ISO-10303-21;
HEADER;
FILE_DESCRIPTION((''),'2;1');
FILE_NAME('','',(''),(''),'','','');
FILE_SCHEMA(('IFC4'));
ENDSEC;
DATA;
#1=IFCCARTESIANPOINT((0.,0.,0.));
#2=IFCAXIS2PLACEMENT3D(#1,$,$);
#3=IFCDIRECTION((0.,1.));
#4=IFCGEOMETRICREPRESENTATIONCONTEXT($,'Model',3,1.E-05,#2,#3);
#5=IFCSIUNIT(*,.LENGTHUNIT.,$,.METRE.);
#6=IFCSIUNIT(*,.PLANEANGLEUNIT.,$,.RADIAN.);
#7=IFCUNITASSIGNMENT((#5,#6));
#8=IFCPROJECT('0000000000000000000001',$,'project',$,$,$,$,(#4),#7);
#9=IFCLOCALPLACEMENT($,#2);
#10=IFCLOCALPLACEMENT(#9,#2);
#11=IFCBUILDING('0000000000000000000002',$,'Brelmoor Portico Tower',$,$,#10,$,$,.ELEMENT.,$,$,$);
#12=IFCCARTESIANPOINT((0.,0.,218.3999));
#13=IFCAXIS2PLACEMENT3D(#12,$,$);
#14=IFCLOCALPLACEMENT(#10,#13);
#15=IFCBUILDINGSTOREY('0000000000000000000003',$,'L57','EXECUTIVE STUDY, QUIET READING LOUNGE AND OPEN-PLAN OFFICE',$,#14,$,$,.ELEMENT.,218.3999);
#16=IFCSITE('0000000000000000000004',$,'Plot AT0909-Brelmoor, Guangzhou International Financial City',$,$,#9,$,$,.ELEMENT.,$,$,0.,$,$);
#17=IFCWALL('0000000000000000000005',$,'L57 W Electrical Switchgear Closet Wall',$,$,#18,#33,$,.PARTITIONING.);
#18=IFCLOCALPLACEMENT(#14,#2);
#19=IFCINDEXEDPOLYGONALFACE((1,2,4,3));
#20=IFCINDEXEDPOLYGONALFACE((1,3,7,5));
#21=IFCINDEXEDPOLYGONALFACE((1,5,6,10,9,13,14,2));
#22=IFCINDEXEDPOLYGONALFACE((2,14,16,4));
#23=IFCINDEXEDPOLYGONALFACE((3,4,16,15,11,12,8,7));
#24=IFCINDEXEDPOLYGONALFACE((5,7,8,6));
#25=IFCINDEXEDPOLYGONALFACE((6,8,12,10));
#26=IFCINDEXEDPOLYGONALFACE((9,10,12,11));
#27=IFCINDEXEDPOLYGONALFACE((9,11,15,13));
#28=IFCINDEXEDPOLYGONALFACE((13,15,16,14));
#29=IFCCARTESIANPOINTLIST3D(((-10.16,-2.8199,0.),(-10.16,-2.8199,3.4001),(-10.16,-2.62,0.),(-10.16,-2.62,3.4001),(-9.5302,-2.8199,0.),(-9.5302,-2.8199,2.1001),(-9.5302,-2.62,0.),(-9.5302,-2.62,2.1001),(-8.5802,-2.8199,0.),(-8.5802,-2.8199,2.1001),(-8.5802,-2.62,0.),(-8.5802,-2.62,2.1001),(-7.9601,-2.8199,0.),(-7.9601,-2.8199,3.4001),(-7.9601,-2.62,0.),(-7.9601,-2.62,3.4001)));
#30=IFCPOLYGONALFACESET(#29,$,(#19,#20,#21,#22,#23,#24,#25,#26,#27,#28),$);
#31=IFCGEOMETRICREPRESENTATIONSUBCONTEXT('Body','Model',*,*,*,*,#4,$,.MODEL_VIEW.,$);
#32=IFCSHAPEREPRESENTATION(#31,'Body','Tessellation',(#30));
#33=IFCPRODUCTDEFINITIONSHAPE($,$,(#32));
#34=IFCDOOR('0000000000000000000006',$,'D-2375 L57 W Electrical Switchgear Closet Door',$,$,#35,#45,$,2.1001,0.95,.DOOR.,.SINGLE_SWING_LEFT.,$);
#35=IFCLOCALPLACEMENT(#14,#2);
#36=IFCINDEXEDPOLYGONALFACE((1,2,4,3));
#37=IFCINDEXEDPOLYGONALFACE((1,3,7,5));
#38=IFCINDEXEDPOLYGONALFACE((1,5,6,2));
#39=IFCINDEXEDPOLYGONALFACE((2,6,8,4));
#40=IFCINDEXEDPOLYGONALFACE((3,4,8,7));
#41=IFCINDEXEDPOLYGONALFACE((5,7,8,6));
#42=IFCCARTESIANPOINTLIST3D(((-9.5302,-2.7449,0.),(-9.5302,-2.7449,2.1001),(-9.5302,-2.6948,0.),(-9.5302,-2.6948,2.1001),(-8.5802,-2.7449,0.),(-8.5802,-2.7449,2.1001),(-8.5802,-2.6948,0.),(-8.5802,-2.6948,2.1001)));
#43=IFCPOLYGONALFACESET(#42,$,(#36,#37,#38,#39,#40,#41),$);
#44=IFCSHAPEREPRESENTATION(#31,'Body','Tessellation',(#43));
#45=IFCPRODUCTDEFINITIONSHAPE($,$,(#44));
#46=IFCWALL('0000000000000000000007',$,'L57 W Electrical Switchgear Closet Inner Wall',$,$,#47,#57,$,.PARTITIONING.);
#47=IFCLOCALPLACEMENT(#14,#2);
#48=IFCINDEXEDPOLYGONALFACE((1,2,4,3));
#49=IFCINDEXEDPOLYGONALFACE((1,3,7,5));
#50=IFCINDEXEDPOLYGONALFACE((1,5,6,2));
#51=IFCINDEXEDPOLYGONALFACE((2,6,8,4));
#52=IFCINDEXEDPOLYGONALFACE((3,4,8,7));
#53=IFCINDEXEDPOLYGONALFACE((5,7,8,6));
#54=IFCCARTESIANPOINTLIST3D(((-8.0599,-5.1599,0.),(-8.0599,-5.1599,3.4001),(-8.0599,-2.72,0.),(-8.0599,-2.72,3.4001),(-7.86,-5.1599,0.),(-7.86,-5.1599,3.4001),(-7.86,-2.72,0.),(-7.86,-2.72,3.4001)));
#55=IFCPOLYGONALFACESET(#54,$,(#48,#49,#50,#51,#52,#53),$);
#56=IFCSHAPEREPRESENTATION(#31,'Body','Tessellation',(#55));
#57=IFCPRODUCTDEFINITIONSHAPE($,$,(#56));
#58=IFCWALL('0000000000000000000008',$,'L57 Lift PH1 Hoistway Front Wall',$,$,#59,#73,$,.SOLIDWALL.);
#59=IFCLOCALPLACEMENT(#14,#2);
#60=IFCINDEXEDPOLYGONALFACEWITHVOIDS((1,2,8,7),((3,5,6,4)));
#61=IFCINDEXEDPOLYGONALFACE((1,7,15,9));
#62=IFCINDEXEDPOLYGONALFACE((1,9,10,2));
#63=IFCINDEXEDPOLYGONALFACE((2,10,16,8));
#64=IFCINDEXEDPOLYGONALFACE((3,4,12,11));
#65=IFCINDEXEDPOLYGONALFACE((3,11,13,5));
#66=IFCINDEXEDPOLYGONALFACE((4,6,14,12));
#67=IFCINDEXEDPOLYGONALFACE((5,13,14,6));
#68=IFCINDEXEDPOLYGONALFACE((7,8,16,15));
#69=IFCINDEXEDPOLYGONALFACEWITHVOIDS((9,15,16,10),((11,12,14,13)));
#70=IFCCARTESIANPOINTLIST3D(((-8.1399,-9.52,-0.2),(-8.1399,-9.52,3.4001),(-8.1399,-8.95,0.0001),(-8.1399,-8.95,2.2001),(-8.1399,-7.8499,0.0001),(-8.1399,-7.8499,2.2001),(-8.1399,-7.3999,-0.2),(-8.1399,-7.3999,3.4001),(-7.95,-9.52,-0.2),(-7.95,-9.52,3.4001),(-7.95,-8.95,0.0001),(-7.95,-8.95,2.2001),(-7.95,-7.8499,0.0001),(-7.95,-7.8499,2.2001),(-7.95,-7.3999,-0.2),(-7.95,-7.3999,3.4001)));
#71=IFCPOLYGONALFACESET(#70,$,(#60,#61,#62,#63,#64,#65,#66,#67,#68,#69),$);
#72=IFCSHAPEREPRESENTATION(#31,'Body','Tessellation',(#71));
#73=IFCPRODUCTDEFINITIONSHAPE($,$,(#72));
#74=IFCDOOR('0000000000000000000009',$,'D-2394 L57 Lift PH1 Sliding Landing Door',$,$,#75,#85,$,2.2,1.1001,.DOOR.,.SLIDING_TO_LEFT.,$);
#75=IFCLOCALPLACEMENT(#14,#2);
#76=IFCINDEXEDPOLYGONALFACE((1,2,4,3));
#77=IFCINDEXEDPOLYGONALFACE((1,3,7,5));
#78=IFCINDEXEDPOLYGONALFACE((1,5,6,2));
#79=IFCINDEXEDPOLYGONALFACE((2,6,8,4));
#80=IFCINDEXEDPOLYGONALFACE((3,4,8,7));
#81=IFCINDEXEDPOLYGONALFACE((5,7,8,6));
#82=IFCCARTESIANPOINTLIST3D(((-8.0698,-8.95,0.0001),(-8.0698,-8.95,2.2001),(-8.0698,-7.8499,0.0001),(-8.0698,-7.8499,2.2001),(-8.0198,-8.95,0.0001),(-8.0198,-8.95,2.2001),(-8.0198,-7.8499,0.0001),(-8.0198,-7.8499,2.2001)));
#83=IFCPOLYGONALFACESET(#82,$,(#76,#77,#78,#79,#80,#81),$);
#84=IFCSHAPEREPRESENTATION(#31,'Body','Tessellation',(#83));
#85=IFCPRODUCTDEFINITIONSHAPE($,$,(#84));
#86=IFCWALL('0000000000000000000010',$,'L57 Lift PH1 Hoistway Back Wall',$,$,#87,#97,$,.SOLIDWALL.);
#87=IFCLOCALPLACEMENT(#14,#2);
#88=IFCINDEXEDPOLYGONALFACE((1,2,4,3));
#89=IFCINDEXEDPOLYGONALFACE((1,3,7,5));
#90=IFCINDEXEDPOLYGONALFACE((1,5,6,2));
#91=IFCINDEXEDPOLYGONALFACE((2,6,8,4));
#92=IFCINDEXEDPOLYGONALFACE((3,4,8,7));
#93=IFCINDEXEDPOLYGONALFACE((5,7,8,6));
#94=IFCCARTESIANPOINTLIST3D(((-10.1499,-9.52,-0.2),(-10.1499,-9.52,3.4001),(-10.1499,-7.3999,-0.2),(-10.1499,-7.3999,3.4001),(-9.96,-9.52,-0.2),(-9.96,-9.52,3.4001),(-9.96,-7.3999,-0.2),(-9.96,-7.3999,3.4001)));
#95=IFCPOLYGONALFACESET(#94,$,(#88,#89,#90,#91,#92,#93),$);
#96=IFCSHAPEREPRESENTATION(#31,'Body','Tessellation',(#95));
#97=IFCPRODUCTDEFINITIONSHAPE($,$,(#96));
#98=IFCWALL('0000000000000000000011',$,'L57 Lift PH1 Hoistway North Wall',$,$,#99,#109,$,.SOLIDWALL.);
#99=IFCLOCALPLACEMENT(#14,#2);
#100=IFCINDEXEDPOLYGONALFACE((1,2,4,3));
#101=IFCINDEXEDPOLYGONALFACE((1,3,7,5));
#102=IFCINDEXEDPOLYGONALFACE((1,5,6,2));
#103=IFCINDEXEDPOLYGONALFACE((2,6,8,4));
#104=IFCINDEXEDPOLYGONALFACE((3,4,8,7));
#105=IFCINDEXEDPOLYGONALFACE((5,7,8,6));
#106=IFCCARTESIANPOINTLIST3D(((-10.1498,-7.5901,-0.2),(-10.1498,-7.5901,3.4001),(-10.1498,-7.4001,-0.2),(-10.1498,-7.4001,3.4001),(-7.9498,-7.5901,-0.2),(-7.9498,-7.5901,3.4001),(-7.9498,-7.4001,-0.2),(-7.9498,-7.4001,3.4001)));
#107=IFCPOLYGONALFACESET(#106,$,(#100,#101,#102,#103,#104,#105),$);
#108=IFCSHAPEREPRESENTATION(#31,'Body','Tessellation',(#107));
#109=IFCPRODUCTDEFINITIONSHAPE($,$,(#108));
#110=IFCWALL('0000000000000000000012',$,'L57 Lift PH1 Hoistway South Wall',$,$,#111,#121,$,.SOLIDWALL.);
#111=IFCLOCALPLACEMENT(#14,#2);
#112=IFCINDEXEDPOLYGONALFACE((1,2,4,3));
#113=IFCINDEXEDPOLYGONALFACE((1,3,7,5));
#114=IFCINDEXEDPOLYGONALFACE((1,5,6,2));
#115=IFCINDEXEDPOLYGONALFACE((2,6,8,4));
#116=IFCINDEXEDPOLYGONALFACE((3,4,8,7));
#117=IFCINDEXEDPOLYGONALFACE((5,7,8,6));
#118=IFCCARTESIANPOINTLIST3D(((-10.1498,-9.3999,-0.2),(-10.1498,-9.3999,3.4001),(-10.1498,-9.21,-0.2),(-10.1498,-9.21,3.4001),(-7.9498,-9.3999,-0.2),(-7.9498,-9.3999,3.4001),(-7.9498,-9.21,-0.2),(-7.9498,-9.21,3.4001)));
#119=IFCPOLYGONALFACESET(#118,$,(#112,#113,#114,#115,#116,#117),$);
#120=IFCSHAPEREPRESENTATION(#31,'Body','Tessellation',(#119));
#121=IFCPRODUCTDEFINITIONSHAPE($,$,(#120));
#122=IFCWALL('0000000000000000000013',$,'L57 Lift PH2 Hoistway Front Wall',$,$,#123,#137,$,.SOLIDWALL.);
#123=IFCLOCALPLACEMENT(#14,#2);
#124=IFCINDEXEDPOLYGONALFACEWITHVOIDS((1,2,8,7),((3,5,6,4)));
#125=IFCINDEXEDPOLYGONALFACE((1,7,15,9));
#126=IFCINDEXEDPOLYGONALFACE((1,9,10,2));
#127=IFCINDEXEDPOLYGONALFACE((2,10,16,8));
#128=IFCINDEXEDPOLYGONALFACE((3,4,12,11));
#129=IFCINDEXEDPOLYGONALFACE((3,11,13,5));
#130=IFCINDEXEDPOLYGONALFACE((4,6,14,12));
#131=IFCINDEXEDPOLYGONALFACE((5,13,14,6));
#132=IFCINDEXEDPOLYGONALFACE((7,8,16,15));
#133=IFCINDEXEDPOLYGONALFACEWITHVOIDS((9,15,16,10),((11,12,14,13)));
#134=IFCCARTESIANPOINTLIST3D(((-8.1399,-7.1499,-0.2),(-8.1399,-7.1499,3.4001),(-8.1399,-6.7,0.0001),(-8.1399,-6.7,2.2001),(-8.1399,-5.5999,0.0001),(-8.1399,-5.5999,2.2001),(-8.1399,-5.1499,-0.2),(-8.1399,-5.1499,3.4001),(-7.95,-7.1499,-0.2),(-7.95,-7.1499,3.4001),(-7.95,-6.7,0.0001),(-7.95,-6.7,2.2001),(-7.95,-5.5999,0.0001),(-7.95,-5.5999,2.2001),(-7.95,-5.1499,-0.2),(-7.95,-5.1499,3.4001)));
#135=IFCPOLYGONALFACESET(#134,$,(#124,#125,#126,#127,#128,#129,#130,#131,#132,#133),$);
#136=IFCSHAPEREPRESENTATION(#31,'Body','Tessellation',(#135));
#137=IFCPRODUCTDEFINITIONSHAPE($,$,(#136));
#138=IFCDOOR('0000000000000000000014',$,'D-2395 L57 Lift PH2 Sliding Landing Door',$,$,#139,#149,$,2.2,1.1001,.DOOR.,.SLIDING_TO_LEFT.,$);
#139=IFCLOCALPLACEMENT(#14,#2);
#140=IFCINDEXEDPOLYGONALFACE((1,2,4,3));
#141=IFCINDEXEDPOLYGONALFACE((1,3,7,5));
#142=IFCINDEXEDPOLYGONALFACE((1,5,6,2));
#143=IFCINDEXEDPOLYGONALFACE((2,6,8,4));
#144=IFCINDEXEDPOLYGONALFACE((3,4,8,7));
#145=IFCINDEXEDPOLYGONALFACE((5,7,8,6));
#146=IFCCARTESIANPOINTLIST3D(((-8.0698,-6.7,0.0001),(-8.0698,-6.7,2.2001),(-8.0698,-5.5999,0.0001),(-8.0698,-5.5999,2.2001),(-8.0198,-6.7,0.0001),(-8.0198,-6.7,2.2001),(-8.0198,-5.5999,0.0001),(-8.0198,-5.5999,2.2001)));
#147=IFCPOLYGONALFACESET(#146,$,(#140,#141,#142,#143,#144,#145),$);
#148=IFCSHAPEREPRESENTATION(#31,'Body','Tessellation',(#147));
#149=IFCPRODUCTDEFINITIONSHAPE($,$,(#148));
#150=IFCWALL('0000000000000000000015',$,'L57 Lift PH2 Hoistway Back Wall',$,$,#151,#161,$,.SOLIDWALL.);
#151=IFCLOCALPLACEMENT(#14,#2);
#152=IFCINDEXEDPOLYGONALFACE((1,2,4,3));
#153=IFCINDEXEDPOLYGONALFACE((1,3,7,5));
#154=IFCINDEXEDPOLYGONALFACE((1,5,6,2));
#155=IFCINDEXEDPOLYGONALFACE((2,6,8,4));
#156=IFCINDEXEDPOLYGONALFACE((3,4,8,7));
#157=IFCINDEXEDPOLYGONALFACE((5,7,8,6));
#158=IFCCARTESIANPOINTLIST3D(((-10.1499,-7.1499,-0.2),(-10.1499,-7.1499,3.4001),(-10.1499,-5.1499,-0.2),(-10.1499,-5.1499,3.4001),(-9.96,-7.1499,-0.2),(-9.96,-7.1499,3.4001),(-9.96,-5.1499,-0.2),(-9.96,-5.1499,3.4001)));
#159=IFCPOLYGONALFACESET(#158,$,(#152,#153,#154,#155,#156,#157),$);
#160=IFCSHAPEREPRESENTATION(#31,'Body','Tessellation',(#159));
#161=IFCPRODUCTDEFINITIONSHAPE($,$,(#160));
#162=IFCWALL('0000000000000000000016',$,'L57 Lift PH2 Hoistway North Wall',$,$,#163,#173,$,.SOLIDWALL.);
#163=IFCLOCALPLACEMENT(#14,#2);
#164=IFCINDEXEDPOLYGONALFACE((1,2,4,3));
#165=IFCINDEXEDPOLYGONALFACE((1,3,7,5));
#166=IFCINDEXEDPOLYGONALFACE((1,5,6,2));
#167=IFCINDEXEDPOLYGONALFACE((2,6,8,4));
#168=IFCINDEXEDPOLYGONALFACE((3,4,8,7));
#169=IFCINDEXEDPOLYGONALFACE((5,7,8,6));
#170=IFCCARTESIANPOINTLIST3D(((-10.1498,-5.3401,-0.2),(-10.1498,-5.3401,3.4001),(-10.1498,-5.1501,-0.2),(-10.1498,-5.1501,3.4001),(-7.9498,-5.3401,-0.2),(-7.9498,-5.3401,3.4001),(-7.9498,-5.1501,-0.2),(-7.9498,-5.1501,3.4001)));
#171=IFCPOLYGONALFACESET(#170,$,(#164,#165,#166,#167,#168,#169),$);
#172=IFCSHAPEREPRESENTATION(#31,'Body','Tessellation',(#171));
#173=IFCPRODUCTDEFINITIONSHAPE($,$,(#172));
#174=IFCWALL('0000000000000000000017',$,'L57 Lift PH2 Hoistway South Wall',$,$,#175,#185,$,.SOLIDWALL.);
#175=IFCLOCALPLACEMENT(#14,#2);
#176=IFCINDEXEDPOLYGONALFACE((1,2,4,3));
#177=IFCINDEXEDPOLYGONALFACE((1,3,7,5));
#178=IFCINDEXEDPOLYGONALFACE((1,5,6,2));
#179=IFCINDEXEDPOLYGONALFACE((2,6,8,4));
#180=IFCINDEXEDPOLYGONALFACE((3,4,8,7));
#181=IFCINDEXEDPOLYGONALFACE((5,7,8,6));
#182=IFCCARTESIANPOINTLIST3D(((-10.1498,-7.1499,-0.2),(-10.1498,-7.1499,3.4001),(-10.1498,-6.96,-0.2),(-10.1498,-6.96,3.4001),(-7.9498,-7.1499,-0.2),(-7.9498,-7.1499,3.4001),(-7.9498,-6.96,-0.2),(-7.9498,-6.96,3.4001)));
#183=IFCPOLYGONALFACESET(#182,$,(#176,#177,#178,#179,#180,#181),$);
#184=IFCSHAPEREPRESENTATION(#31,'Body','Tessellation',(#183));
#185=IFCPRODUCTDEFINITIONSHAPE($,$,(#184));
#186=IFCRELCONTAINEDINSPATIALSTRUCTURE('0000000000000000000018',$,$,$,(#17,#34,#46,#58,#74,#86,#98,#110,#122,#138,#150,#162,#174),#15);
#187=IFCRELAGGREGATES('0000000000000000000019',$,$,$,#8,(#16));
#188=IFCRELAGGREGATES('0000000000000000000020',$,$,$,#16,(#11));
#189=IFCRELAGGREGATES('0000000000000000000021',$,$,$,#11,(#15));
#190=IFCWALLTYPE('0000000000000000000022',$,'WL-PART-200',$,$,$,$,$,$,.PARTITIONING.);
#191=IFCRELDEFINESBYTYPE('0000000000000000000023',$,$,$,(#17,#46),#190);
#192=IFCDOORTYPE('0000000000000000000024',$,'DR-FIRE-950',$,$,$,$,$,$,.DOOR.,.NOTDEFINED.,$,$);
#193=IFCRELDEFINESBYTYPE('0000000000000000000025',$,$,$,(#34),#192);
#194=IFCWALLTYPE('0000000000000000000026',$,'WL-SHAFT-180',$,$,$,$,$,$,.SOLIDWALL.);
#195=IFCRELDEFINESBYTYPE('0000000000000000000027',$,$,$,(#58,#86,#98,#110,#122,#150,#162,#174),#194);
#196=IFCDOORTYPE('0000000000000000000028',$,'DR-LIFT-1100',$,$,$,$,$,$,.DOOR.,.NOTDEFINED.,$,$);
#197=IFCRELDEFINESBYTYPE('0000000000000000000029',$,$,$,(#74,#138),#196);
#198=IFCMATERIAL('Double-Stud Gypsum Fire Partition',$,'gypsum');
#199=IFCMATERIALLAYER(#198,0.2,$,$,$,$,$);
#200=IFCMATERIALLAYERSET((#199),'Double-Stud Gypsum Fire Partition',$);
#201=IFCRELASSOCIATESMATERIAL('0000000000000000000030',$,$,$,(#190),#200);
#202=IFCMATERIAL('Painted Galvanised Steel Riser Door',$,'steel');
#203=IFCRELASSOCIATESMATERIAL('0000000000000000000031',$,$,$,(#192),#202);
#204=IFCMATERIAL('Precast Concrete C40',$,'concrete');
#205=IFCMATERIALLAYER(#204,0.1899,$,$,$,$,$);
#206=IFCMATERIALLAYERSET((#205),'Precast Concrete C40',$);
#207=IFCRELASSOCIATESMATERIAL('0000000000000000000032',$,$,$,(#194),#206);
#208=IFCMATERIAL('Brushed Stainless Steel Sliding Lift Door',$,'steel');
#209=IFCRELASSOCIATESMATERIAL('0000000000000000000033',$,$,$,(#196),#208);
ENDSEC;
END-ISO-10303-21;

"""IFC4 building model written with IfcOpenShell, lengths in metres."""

from ifc_helpers import new_model, si_unit, direction, frame, frame_2d, origin, place, context, subcontext, project, spatial, rectangle, extrude, material, layer, layer_set, type_object, element, fill, save


model = new_model("IFC4")

# Units and contexts
model_context = context("Model", 3, precision=1e-05, world=origin(), true_north=direction((0.0, 1.0)))
body_context = subcontext(model_context, "Body", "Model", "MODEL_VIEW")
ifc_project = project(units=[si_unit("LENGTHUNIT", "METRE"), si_unit("PLANEANGLEUNIT", "RADIAN")], contexts=[model_context])

# Site, building, storey
site_placement = place(None, origin())
site = spatial("IfcSite", under=ifc_project, at=site_placement, Name="Plot AT0909-Brelmoor, Guangzhou International Financial City", CompositionType="ELEMENT", RefElevation=0.0)
building_placement = place(site_placement, origin())
building = spatial("IfcBuilding", under=site, at=building_placement, Name="Brelmoor Portico Tower", CompositionType="ELEMENT")
storey_placement = place(building_placement, frame((0.0, 0.0, 218.3999)))
storey = spatial("IfcBuildingStorey", under=building, at=storey_placement, Name="L57", Description="EXECUTIVE STUDY, QUIET READING LOUNGE AND OPEN-PLAN OFFICE", CompositionType="ELEMENT", Elevation=218.3999)

# Shared definitions
ifc_material_1 = material(Name="Double-Stud Gypsum Fire Partition", Category="gypsum")
ifc_layer_1 = layer(ifc_material_1, 0.2)
ifc_layer_set_1 = layer_set([ifc_layer_1], Name="Double-Stud Gypsum Fire Partition")
wall_type_1 = type_object("IfcWallType", Name="WL-PART-200", PredefinedType="PARTITIONING", material=ifc_layer_set_1)

# Wall, opening, door
wall_1_placement = place(storey_placement, frame((-7.96, -2.72, 0.0), z_axis=(0.0, 0.0, 1.0), x_axis=(-1.0, 0.0, 0.0)))
wall_1 = element("IfcWall", 1, at=wall_1_placement, inside=storey, type_object=wall_type_1, Name="L57 W Electrical Switchgear Closet Wall", PredefinedType="PARTITIONING", context=body_context, shape_type="SweptSolid", body=[
    extrude(rectangle(XDim=2.2, YDim=0.2, at=frame_2d((1.1001, 0.0))), origin(), (0.0, 0.0, 1.0), 3.4001),
])
opening_1_placement = place(wall_1_placement, frame((0.6201, 0.0, 0.0)))
opening_1 = element("IfcOpeningElement", 2, at=opening_1_placement, cuts=wall_1, PredefinedType="OPENING", context=body_context, shape_type="SweptSolid", body=[
    extrude(rectangle(XDim=0.95, YDim=2.1001, at=frame_2d((0.4751, 1.05))), frame((0.0, 0.1099, 0.0), z_axis=(0.0, -1.0, 0.0), x_axis=(1.0, 0.0, 0.0)), (0.0, 0.0, 1.0), 0.22),
])
ifc_material_2 = material(Name="Painted Galvanised Steel Riser Door", Category="steel")
door_type_1 = type_object("IfcDoorType", Name="DR-FIRE-950", OperationType="NOTDEFINED", PredefinedType="DOOR", material=ifc_material_2)
door_1_placement = place(opening_1_placement, origin())
door_1 = element("IfcDoor", 3, at=door_1_placement, inside=storey, type_object=door_type_1, Name="D-2375 L57 W Electrical Switchgear Closet Door", OperationType="SINGLE_SWING_LEFT", OverallHeight=2.1001, OverallWidth=0.95, PredefinedType="DOOR", context=body_context, shape_type="SweptSolid", body=[
    extrude(rectangle(XDim=0.95, YDim=2.1001, at=frame_2d((0.4751, 1.05))), frame((0.0, 0.0249, 0.0), z_axis=(0.0, -1.0, 0.0), x_axis=(1.0, 0.0, 0.0)), (0.0, 0.0, 1.0), 0.05),
])
fill(opening_1, door_1)

# Wall
wall_2_placement = place(storey_placement, frame((-7.96, -5.1599, 0.0), z_axis=(0.0, 0.0, 1.0), x_axis=(0.0, 1.0, 0.0)))
element("IfcWall", 4, at=wall_2_placement, inside=storey, type_object=wall_type_1, Name="L57 W Electrical Switchgear Closet Inner Wall", PredefinedType="PARTITIONING", context=body_context, shape_type="SweptSolid", body=[
    extrude(rectangle(XDim=2.4399, YDim=0.2, at=frame_2d((1.22, 0.0))), origin(), (0.0, 0.0, 1.0), 3.4001),
])

# Wall, opening, door
ifc_material_3 = material(Name="Precast Concrete C40", Category="concrete")
ifc_layer_2 = layer(ifc_material_3, 0.1899)
ifc_layer_set_2 = layer_set([ifc_layer_2], Name="Precast Concrete C40")
wall_type_2 = type_object("IfcWallType", Name="WL-SHAFT-180", PredefinedType="SOLIDWALL", material=ifc_layer_set_2)
wall_3_placement = place(storey_placement, frame((-8.0449, -9.52, -0.2), z_axis=(0.0, 0.0, 1.0), x_axis=(0.0, 1.0, 0.0)))
wall_3 = element("IfcWall", 5, at=wall_3_placement, inside=storey, type_object=wall_type_2, Name="L57 Lift PH1 Hoistway Front Wall", PredefinedType="SOLIDWALL", context=body_context, shape_type="SweptSolid", body=[
    extrude(rectangle(XDim=2.1201, YDim=0.1899, at=frame_2d((1.0601, 0.0))), origin(), (0.0, 0.0, 1.0), 3.6001),
])
opening_2_placement = place(wall_3_placement, frame((0.5701, 0.0, 0.2)))
opening_2 = element("IfcOpeningElement", 6, at=opening_2_placement, cuts=wall_3, PredefinedType="OPENING", context=body_context, shape_type="SweptSolid", body=[
    extrude(rectangle(XDim=1.1001, YDim=2.2, at=frame_2d((0.55, 1.1001))), frame((0.0, 0.105, 0.0), z_axis=(0.0, -1.0, 0.0), x_axis=(1.0, 0.0, 0.0)), (0.0, 0.0, 1.0), 0.21),
])
ifc_material_4 = material(Name="Brushed Stainless Steel Sliding Lift Door", Category="steel")
door_type_2 = type_object("IfcDoorType", Name="DR-LIFT-1100", OperationType="NOTDEFINED", PredefinedType="DOOR", material=ifc_material_4)
door_2_placement = place(opening_2_placement, origin())
door_2 = element("IfcDoor", 7, at=door_2_placement, inside=storey, type_object=door_type_2, Name="D-2394 L57 Lift PH1 Sliding Landing Door", OperationType="SLIDING_TO_LEFT", OverallHeight=2.2, OverallWidth=1.1001, PredefinedType="DOOR", context=body_context, shape_type="SweptSolid", body=[
    extrude(rectangle(XDim=1.1001, YDim=2.2, at=frame_2d((0.55, 1.1001))), frame((0.0, 0.0249, 0.0), z_axis=(0.0, -1.0, 0.0), x_axis=(1.0, 0.0, 0.0)), (0.0, 0.0, 1.0), 0.05),
])
fill(opening_2, door_2)

# Walls
wall_4_placement = place(storey_placement, frame((-10.0549, -9.52, -0.2), z_axis=(0.0, 0.0, 1.0), x_axis=(0.0, 1.0, 0.0)))
element("IfcWall", 8, at=wall_4_placement, inside=storey, type_object=wall_type_2, Name="L57 Lift PH1 Hoistway Back Wall", PredefinedType="SOLIDWALL", context=body_context, shape_type="SweptSolid", body=[
    extrude(rectangle(XDim=2.1201, YDim=0.1899, at=frame_2d((1.0601, 0.0))), origin(), (0.0, 0.0, 1.0), 3.6001),
])
for number, where, z_axis, x_axis, name in (
    (9, (-10.1499, -7.4951, -0.2), (0.0, 0.0, 1.0), (1.0, 0.0, 0.0), "L57 Lift PH1 Hoistway North Wall"),
    (10, (-10.1499, -9.3049, -0.2), (0.0, 0.0, 1.0), (1.0, 0.0, 0.0), "L57 Lift PH1 Hoistway South Wall"),
):
    element("IfcWall", number, at=place(storey_placement, frame(where, z_axis=z_axis, x_axis=x_axis)), inside=storey, type_object=wall_type_2, Name=name, PredefinedType="SOLIDWALL", context=body_context, shape_type="SweptSolid", body=[
        extrude(rectangle(XDim=2.2, YDim=0.1899, at=frame_2d((1.1001, 0.0))), origin(), (0.0, 0.0, 1.0), 3.6001),
    ])

# Wall, opening, door
wall_5_placement = place(storey_placement, frame((-8.0449, -7.1499, -0.2), z_axis=(0.0, 0.0, 1.0), x_axis=(0.0, 1.0, 0.0)))
wall_5 = element("IfcWall", 11, at=wall_5_placement, inside=storey, type_object=wall_type_2, Name="L57 Lift PH2 Hoistway Front Wall", PredefinedType="SOLIDWALL", context=body_context, shape_type="SweptSolid", body=[
    extrude(rectangle(XDim=2.0, YDim=0.1899, at=frame_2d((1.0, 0.0))), origin(), (0.0, 0.0, 1.0), 3.6001),
])
opening_3_placement = place(wall_5_placement, frame((0.45, 0.0, 0.2)))
opening_3 = element("IfcOpeningElement", 12, at=opening_3_placement, cuts=wall_5, PredefinedType="OPENING", context=body_context, shape_type="SweptSolid", body=[
    extrude(rectangle(XDim=1.1001, YDim=2.2, at=frame_2d((0.55, 1.1001))), frame((0.0, 0.105, 0.0), z_axis=(0.0, -1.0, 0.0), x_axis=(1.0, 0.0, 0.0)), (0.0, 0.0, 1.0), 0.21),
])
door_3_placement = place(opening_3_placement, origin())
door_3 = element("IfcDoor", 13, at=door_3_placement, inside=storey, type_object=door_type_2, Name="D-2395 L57 Lift PH2 Sliding Landing Door", OperationType="SLIDING_TO_LEFT", OverallHeight=2.2, OverallWidth=1.1001, PredefinedType="DOOR", context=body_context, shape_type="SweptSolid", body=[
    extrude(rectangle(XDim=1.1001, YDim=2.2, at=frame_2d((0.55, 1.1001))), frame((0.0, 0.0249, 0.0), z_axis=(0.0, -1.0, 0.0), x_axis=(1.0, 0.0, 0.0)), (0.0, 0.0, 1.0), 0.05),
])
fill(opening_3, door_3)

# Walls
wall_6_placement = place(storey_placement, frame((-10.0549, -7.1499, -0.2), z_axis=(0.0, 0.0, 1.0), x_axis=(0.0, 1.0, 0.0)))
element("IfcWall", 14, at=wall_6_placement, inside=storey, type_object=wall_type_2, Name="L57 Lift PH2 Hoistway Back Wall", PredefinedType="SOLIDWALL", context=body_context, shape_type="SweptSolid", body=[
    extrude(rectangle(XDim=2.0, YDim=0.1899, at=frame_2d((1.0, 0.0))), origin(), (0.0, 0.0, 1.0), 3.6001),
])
for number, where, z_axis, x_axis, name in (
    (15, (-10.1499, -5.2451, -0.2), (0.0, 0.0, 1.0), (1.0, 0.0, 0.0), "L57 Lift PH2 Hoistway North Wall"),
    (16, (-10.1499, -7.0549, -0.2), (0.0, 0.0, 1.0), (1.0, 0.0, 0.0), "L57 Lift PH2 Hoistway South Wall"),
):
    element("IfcWall", number, at=place(storey_placement, frame(where, z_axis=z_axis, x_axis=x_axis)), inside=storey, type_object=wall_type_2, Name=name, PredefinedType="SOLIDWALL", context=body_context, shape_type="SweptSolid", body=[
        extrude(rectangle(XDim=2.2, YDim=0.1899, at=frame_2d((1.1001, 0.0))), origin(), (0.0, 0.0, 1.0), 3.6001),
    ])

save(model, "model.ifc")
